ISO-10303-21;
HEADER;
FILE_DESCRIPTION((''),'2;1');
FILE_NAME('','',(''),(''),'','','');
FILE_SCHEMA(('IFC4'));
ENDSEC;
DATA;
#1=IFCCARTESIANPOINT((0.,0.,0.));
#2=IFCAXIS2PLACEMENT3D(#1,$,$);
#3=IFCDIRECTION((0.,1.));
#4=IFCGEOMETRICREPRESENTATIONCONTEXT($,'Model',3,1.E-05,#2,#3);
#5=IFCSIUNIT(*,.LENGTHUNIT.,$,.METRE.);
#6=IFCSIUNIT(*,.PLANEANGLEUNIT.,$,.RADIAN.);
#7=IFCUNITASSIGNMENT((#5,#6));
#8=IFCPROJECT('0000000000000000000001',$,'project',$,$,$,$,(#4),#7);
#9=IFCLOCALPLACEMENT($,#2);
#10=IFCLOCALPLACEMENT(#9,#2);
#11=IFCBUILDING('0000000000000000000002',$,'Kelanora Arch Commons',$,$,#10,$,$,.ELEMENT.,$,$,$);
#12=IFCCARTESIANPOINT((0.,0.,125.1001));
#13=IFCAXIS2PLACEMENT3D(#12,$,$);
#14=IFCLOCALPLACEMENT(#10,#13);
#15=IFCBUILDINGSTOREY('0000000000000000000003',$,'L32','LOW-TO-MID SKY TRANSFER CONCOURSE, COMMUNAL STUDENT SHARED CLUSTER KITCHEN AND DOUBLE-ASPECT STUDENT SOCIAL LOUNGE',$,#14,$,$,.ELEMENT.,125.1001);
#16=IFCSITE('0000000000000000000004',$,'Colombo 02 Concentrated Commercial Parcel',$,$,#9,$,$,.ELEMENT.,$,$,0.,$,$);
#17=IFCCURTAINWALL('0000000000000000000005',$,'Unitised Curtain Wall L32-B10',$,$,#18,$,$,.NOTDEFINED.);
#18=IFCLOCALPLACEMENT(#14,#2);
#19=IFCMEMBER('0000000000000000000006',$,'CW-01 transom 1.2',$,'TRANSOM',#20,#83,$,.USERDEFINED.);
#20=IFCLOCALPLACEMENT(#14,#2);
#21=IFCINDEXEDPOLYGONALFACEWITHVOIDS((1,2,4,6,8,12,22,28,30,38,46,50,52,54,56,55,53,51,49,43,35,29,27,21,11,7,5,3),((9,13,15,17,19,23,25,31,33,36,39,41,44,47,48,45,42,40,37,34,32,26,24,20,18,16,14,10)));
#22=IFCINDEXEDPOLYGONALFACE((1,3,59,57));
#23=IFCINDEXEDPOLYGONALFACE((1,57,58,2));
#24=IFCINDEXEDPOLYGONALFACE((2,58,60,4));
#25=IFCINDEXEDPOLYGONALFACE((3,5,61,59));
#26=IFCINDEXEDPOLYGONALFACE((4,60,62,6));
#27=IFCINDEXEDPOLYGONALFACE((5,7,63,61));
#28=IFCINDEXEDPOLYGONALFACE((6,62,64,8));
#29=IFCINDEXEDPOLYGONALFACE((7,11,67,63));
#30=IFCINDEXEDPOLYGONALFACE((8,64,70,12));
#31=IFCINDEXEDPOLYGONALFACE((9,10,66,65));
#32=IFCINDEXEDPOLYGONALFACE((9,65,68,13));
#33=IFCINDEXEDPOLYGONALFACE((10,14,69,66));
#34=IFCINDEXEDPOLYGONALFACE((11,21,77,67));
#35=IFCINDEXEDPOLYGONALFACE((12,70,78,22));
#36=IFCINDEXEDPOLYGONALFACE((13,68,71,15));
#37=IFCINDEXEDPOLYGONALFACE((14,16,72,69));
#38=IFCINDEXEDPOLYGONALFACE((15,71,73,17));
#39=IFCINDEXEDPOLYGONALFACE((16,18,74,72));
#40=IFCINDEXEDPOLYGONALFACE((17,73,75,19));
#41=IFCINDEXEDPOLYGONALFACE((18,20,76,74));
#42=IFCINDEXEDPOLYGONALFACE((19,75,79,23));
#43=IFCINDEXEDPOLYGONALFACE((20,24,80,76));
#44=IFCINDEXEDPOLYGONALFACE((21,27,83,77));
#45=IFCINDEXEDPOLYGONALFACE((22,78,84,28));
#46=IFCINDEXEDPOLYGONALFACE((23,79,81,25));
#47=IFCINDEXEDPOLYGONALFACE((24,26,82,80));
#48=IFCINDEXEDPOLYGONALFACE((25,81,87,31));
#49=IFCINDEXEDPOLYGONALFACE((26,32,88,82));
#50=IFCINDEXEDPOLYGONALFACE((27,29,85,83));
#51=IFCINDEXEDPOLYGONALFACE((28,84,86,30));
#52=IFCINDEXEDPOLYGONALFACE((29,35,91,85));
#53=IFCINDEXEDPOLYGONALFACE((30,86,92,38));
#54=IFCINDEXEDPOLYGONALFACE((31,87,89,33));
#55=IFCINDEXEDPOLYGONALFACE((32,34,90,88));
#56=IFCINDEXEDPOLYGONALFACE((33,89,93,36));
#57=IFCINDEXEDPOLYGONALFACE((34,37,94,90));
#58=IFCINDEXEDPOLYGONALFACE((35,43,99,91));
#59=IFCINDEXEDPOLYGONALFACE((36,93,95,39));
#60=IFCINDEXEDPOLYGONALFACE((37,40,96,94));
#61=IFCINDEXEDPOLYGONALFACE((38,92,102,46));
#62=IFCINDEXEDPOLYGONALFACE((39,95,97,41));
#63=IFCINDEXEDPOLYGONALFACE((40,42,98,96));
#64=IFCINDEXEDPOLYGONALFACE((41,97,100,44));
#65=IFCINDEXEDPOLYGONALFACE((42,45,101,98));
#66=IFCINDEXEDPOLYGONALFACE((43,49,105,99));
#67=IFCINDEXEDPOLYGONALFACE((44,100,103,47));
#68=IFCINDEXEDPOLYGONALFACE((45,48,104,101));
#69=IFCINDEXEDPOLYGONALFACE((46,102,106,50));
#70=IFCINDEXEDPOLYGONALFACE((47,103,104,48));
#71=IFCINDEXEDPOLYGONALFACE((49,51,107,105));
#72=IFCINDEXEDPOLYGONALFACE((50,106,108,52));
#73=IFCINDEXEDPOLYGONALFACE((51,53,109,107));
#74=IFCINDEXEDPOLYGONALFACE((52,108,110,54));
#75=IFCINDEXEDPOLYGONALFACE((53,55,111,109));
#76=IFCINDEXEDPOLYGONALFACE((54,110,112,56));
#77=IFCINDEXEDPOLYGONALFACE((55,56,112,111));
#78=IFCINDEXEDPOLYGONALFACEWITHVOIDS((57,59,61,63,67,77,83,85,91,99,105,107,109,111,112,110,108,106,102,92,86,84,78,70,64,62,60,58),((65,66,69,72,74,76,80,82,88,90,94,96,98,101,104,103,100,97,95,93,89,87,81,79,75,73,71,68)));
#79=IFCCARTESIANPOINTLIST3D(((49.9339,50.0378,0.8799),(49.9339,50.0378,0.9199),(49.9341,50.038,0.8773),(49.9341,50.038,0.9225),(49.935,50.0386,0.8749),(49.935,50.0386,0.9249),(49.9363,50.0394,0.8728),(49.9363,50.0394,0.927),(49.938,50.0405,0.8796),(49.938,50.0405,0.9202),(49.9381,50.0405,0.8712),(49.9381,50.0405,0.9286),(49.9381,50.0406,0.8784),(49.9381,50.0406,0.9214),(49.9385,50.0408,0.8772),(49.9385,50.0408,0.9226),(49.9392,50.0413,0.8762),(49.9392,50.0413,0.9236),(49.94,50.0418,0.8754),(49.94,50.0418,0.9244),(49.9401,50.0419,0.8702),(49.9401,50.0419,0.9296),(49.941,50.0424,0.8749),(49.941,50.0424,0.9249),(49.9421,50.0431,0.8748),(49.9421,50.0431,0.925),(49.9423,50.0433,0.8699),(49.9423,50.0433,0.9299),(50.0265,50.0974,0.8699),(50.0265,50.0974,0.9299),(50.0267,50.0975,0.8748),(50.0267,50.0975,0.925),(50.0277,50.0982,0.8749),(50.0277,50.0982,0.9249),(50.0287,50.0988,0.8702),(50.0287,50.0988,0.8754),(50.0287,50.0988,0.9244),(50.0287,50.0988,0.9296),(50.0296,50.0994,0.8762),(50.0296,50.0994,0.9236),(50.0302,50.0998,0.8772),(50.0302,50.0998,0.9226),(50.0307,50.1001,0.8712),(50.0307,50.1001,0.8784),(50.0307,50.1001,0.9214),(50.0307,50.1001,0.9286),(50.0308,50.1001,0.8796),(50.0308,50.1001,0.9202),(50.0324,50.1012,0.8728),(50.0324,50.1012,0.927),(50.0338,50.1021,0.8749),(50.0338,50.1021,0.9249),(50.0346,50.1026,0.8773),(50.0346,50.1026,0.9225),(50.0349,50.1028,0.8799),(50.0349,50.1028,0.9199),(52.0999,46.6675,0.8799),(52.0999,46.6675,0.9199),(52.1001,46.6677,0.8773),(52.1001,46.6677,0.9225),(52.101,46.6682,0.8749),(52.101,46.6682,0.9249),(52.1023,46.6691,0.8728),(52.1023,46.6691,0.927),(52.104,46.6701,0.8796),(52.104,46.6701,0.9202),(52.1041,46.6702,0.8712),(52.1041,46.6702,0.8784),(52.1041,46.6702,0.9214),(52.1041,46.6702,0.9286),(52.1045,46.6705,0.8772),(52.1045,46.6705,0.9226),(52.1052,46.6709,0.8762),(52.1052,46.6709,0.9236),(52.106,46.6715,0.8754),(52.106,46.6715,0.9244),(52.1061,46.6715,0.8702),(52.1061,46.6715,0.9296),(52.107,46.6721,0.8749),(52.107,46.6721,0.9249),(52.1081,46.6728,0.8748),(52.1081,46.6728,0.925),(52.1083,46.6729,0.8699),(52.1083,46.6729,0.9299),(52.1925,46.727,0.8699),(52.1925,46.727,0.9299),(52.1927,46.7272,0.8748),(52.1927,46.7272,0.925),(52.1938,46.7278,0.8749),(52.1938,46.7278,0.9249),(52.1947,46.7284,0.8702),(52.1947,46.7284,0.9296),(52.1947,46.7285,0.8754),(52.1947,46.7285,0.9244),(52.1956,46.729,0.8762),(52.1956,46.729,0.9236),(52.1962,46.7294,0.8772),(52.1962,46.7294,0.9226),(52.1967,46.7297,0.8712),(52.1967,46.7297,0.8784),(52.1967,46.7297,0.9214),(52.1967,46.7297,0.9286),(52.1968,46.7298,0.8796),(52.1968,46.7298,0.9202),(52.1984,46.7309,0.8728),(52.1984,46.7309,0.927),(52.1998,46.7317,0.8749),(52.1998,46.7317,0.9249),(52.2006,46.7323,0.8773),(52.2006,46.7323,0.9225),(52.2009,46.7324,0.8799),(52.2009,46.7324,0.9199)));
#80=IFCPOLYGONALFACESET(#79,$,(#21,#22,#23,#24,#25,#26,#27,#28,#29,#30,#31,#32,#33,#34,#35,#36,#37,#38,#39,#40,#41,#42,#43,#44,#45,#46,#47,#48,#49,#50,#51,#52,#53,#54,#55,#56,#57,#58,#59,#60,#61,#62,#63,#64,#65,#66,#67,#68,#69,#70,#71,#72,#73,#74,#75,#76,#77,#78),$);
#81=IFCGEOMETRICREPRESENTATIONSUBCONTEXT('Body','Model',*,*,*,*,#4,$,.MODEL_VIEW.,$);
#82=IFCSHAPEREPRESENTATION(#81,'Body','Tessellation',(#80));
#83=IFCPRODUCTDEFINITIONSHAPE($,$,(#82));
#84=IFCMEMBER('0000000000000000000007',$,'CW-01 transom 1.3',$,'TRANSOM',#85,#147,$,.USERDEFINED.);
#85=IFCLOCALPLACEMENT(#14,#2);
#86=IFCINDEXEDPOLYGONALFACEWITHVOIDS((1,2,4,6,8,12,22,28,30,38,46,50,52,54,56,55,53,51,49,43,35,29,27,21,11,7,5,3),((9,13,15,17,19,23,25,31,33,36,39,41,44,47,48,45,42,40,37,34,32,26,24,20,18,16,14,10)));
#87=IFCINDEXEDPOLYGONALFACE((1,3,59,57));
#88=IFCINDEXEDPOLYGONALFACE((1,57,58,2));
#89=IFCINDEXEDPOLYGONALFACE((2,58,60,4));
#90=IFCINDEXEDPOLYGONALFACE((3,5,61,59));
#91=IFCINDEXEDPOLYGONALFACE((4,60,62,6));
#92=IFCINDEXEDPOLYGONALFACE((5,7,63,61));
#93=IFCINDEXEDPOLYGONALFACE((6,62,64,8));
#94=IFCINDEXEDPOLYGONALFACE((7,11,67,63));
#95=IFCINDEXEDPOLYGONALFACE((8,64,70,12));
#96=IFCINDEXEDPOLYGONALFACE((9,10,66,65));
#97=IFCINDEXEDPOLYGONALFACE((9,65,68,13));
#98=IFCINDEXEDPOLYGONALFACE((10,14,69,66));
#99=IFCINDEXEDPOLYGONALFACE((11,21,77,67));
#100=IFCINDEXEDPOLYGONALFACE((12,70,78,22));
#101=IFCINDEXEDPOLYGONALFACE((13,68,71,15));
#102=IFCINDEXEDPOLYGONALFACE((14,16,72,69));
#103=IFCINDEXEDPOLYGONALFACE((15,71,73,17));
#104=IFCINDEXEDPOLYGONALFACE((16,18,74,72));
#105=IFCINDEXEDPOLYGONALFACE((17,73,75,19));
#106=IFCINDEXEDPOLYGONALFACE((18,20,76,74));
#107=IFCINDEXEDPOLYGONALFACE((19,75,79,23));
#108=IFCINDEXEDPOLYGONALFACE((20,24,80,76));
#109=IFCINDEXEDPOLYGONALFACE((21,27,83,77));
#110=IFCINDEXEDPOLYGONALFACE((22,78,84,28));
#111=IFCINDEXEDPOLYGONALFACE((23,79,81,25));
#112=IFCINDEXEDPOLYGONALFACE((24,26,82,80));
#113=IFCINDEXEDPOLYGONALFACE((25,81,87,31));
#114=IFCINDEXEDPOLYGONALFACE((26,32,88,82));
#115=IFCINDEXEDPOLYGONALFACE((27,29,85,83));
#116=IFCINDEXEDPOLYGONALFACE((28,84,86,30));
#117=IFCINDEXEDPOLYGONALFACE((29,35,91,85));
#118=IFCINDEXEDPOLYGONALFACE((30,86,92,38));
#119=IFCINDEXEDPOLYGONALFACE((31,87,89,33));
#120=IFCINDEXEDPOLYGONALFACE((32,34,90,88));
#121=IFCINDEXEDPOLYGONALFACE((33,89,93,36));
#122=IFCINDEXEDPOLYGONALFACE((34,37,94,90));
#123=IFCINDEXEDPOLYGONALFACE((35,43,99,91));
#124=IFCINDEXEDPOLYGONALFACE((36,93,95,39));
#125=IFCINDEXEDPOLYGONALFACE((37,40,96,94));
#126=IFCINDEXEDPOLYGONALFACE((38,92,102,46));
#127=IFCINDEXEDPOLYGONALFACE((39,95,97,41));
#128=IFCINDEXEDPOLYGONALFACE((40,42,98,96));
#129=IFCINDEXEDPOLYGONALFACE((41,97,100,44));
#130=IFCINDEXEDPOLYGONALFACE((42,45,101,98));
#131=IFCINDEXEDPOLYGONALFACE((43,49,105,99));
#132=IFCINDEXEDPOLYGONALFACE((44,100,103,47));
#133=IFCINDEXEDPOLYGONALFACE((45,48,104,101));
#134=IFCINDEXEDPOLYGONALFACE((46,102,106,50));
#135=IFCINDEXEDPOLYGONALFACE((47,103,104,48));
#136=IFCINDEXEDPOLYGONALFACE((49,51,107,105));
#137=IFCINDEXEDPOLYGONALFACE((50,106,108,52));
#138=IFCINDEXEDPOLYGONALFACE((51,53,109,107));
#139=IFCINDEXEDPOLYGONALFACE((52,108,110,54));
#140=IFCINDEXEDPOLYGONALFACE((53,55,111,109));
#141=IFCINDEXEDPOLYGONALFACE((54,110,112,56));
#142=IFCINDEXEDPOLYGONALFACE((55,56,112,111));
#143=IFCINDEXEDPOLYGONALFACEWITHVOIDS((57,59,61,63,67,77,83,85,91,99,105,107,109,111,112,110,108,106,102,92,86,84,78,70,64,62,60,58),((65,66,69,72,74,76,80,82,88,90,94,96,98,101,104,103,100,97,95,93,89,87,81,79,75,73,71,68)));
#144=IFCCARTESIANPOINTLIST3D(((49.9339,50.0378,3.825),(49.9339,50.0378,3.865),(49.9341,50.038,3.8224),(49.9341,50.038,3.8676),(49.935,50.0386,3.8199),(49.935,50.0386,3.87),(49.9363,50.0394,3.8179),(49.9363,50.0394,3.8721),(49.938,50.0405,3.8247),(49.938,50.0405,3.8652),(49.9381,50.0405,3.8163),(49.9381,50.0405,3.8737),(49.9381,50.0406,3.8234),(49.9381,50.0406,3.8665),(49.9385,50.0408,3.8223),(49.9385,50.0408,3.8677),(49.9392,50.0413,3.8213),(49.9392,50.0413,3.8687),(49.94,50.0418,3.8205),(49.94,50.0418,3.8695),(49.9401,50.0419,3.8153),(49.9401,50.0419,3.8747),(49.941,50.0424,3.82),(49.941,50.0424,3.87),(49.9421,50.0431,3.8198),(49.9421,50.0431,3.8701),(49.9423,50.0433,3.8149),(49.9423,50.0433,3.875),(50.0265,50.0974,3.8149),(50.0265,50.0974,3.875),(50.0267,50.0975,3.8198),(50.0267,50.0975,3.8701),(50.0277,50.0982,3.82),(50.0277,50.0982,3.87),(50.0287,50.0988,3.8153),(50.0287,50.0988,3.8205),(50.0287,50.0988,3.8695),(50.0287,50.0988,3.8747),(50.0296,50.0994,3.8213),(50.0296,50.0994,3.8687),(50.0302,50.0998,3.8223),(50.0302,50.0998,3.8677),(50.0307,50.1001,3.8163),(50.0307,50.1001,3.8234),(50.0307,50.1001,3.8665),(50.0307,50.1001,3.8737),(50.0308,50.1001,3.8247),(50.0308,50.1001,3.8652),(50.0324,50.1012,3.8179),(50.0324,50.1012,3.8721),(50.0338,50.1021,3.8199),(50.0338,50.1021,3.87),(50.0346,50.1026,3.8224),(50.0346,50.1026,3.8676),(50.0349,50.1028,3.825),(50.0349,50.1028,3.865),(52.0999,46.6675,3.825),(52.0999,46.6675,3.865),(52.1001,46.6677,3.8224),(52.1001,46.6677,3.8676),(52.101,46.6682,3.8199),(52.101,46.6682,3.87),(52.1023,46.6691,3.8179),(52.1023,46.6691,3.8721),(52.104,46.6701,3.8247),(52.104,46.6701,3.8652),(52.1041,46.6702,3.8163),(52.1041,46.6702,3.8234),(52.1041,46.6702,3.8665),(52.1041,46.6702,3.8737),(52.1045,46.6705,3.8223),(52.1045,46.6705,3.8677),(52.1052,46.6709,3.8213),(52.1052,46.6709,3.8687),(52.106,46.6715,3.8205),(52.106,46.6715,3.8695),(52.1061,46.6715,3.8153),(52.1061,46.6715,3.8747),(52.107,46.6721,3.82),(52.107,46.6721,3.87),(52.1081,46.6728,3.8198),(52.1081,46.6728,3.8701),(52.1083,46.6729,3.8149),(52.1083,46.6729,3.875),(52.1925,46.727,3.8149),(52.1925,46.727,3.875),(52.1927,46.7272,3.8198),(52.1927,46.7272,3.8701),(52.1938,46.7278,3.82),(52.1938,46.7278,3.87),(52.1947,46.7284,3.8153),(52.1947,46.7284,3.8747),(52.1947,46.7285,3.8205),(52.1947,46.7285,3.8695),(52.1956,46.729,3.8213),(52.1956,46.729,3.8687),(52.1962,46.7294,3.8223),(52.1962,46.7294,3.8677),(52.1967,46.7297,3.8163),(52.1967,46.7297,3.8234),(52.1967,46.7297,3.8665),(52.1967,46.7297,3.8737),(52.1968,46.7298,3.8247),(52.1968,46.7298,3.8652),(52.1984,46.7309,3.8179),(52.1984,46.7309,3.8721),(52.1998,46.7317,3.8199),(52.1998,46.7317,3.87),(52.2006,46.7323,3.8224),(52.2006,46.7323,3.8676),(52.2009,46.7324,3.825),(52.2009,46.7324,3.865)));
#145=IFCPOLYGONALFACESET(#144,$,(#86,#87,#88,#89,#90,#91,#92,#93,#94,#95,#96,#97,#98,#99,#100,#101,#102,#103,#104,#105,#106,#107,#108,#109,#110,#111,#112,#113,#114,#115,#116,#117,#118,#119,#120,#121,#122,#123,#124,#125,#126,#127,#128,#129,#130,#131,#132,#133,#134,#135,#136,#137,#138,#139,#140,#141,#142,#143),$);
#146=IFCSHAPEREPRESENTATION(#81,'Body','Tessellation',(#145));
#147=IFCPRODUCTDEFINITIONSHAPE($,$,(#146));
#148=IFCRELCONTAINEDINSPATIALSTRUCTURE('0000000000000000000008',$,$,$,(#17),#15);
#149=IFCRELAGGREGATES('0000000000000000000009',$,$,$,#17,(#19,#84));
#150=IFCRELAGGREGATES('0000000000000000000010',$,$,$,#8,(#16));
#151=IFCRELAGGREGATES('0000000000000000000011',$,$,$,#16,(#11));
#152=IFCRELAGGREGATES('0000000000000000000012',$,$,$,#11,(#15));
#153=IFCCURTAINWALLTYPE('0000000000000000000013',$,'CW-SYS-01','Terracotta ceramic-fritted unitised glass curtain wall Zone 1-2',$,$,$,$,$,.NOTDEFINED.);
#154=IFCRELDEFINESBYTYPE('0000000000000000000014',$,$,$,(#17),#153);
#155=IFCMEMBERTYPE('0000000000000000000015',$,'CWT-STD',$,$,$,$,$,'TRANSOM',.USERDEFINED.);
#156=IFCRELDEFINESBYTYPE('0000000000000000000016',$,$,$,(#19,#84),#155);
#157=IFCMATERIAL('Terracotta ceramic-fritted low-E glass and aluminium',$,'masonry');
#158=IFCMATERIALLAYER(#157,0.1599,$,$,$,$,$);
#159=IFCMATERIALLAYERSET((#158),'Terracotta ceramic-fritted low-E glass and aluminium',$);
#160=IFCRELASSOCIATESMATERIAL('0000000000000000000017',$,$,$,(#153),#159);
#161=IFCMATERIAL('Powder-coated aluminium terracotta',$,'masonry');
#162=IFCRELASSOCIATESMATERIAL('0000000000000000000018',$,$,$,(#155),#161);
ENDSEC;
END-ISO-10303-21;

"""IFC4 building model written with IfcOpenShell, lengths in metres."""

from ifc_helpers import new_model, si_unit, direction, frame, origin, origin_2d, place, context, subcontext, project, spatial, hollow_rectangle, extrude, material, layer, layer_set, material_profile, profile_set, type_object, element, aggregate, save


model = new_model("IFC4")

# Units and contexts
model_context = context("Model", 3, precision=1e-05, world=origin(), true_north=direction((0.0, 1.0)))
body_context = subcontext(model_context, "Body", "Model", "MODEL_VIEW")
ifc_project = project(units=[si_unit("LENGTHUNIT", "METRE"), si_unit("PLANEANGLEUNIT", "RADIAN")], contexts=[model_context])

# Site, building, storey
site_placement = place(None, origin())
site = spatial("IfcSite", under=ifc_project, at=site_placement, Name="Colombo 02 Concentrated Commercial Parcel", CompositionType="ELEMENT", RefElevation=0.0)
building_placement = place(site_placement, origin())
building = spatial("IfcBuilding", under=site, at=building_placement, Name="Kelanora Arch Commons", CompositionType="ELEMENT")
storey_placement = place(building_placement, frame((0.0, 0.0, 125.1001)))
storey = spatial("IfcBuildingStorey", under=building, at=storey_placement, Name="L32", Description="LOW-TO-MID SKY TRANSFER CONCOURSE, COMMUNAL STUDENT SHARED CLUSTER KITCHEN AND DOUBLE-ASPECT STUDENT SOCIAL LOUNGE", CompositionType="ELEMENT", Elevation=125.1001)

# Shared definitions
ifc_material_1 = material(Name="Terracotta ceramic-fritted low-E glass and aluminium", Category="masonry")
ifc_layer_1 = layer(ifc_material_1, 0.1599)
ifc_layer_set_1 = layer_set([ifc_layer_1], Name="Terracotta ceramic-fritted low-E glass and aluminium")
curtain_wall_type = type_object("IfcCurtainWallType", Name="CW-SYS-01", Description="Terracotta ceramic-fritted unitised glass curtain wall Zone 1-2", PredefinedType="NOTDEFINED", material=ifc_layer_set_1)
ifc_material_2 = material(Name="Powder-coated aluminium terracotta", Category="masonry")

# Curtain wall, members
curtain_wall_1_placement = place(storey_placement, origin())
curtain_wall_1 = element("IfcCurtainWall", 1, at=curtain_wall_1_placement, inside=storey, type_object=curtain_wall_type, Name="Unitised Curtain Wall L32-B10", PredefinedType="NOTDEFINED")
ifc_material_profile_1 = material_profile(ifc_material_2, hollow_rectangle(XDim=0.1201, YDim=0.0601, WallThickness=0.0049, InnerFilletRadius=0.0049, OuterFilletRadius=0.01, at=origin_2d()), Name="CWT120x60")
ifc_profile_set_1 = profile_set([ifc_material_profile_1], Name="Powder-coated aluminium terracotta")
member_type_1 = type_object("IfcMemberType", Name="CWT-STD", ElementType="TRANSOM", PredefinedType="USERDEFINED", material=ifc_profile_set_1)
member_1_placement = place(storey_placement, frame((49.9844, 50.0703, 0.8999), z_axis=(0.540644, -0.841252, 0.0), x_axis=(0.841252, 0.540644, 0.0)))
member_1 = element("IfcMember", 2, at=member_1_placement, type_object=member_type_1, Name="CW-01 transom 1.2", ObjectType="TRANSOM", PredefinedType="USERDEFINED", context=body_context, shape_type="SweptSolid", body=[
    extrude(hollow_rectangle(XDim=0.1201, YDim=0.0601, WallThickness=0.0049, InnerFilletRadius=0.0049, OuterFilletRadius=0.01, at=origin_2d()), origin(), (0.0, 0.0, 1.0), 4.0063),
])
member_2_placement = place(storey_placement, frame((49.9844, 50.0703, 3.845), z_axis=(0.540644, -0.841252, 0.0), x_axis=(0.841252, 0.540644, 0.0)))
member_2 = element("IfcMember", 3, at=member_2_placement, type_object=member_type_1, Name="CW-01 transom 1.3", ObjectType="TRANSOM", PredefinedType="USERDEFINED", context=body_context, shape_type="SweptSolid", body=[
    extrude(hollow_rectangle(XDim=0.1201, YDim=0.0601, WallThickness=0.0049, InnerFilletRadius=0.0049, OuterFilletRadius=0.01, at=origin_2d()), origin(), (0.0, 0.0, 1.0), 4.0063),
])

aggregate(curtain_wall_1, [member_1, member_2])

save(model, "model.ifc")
